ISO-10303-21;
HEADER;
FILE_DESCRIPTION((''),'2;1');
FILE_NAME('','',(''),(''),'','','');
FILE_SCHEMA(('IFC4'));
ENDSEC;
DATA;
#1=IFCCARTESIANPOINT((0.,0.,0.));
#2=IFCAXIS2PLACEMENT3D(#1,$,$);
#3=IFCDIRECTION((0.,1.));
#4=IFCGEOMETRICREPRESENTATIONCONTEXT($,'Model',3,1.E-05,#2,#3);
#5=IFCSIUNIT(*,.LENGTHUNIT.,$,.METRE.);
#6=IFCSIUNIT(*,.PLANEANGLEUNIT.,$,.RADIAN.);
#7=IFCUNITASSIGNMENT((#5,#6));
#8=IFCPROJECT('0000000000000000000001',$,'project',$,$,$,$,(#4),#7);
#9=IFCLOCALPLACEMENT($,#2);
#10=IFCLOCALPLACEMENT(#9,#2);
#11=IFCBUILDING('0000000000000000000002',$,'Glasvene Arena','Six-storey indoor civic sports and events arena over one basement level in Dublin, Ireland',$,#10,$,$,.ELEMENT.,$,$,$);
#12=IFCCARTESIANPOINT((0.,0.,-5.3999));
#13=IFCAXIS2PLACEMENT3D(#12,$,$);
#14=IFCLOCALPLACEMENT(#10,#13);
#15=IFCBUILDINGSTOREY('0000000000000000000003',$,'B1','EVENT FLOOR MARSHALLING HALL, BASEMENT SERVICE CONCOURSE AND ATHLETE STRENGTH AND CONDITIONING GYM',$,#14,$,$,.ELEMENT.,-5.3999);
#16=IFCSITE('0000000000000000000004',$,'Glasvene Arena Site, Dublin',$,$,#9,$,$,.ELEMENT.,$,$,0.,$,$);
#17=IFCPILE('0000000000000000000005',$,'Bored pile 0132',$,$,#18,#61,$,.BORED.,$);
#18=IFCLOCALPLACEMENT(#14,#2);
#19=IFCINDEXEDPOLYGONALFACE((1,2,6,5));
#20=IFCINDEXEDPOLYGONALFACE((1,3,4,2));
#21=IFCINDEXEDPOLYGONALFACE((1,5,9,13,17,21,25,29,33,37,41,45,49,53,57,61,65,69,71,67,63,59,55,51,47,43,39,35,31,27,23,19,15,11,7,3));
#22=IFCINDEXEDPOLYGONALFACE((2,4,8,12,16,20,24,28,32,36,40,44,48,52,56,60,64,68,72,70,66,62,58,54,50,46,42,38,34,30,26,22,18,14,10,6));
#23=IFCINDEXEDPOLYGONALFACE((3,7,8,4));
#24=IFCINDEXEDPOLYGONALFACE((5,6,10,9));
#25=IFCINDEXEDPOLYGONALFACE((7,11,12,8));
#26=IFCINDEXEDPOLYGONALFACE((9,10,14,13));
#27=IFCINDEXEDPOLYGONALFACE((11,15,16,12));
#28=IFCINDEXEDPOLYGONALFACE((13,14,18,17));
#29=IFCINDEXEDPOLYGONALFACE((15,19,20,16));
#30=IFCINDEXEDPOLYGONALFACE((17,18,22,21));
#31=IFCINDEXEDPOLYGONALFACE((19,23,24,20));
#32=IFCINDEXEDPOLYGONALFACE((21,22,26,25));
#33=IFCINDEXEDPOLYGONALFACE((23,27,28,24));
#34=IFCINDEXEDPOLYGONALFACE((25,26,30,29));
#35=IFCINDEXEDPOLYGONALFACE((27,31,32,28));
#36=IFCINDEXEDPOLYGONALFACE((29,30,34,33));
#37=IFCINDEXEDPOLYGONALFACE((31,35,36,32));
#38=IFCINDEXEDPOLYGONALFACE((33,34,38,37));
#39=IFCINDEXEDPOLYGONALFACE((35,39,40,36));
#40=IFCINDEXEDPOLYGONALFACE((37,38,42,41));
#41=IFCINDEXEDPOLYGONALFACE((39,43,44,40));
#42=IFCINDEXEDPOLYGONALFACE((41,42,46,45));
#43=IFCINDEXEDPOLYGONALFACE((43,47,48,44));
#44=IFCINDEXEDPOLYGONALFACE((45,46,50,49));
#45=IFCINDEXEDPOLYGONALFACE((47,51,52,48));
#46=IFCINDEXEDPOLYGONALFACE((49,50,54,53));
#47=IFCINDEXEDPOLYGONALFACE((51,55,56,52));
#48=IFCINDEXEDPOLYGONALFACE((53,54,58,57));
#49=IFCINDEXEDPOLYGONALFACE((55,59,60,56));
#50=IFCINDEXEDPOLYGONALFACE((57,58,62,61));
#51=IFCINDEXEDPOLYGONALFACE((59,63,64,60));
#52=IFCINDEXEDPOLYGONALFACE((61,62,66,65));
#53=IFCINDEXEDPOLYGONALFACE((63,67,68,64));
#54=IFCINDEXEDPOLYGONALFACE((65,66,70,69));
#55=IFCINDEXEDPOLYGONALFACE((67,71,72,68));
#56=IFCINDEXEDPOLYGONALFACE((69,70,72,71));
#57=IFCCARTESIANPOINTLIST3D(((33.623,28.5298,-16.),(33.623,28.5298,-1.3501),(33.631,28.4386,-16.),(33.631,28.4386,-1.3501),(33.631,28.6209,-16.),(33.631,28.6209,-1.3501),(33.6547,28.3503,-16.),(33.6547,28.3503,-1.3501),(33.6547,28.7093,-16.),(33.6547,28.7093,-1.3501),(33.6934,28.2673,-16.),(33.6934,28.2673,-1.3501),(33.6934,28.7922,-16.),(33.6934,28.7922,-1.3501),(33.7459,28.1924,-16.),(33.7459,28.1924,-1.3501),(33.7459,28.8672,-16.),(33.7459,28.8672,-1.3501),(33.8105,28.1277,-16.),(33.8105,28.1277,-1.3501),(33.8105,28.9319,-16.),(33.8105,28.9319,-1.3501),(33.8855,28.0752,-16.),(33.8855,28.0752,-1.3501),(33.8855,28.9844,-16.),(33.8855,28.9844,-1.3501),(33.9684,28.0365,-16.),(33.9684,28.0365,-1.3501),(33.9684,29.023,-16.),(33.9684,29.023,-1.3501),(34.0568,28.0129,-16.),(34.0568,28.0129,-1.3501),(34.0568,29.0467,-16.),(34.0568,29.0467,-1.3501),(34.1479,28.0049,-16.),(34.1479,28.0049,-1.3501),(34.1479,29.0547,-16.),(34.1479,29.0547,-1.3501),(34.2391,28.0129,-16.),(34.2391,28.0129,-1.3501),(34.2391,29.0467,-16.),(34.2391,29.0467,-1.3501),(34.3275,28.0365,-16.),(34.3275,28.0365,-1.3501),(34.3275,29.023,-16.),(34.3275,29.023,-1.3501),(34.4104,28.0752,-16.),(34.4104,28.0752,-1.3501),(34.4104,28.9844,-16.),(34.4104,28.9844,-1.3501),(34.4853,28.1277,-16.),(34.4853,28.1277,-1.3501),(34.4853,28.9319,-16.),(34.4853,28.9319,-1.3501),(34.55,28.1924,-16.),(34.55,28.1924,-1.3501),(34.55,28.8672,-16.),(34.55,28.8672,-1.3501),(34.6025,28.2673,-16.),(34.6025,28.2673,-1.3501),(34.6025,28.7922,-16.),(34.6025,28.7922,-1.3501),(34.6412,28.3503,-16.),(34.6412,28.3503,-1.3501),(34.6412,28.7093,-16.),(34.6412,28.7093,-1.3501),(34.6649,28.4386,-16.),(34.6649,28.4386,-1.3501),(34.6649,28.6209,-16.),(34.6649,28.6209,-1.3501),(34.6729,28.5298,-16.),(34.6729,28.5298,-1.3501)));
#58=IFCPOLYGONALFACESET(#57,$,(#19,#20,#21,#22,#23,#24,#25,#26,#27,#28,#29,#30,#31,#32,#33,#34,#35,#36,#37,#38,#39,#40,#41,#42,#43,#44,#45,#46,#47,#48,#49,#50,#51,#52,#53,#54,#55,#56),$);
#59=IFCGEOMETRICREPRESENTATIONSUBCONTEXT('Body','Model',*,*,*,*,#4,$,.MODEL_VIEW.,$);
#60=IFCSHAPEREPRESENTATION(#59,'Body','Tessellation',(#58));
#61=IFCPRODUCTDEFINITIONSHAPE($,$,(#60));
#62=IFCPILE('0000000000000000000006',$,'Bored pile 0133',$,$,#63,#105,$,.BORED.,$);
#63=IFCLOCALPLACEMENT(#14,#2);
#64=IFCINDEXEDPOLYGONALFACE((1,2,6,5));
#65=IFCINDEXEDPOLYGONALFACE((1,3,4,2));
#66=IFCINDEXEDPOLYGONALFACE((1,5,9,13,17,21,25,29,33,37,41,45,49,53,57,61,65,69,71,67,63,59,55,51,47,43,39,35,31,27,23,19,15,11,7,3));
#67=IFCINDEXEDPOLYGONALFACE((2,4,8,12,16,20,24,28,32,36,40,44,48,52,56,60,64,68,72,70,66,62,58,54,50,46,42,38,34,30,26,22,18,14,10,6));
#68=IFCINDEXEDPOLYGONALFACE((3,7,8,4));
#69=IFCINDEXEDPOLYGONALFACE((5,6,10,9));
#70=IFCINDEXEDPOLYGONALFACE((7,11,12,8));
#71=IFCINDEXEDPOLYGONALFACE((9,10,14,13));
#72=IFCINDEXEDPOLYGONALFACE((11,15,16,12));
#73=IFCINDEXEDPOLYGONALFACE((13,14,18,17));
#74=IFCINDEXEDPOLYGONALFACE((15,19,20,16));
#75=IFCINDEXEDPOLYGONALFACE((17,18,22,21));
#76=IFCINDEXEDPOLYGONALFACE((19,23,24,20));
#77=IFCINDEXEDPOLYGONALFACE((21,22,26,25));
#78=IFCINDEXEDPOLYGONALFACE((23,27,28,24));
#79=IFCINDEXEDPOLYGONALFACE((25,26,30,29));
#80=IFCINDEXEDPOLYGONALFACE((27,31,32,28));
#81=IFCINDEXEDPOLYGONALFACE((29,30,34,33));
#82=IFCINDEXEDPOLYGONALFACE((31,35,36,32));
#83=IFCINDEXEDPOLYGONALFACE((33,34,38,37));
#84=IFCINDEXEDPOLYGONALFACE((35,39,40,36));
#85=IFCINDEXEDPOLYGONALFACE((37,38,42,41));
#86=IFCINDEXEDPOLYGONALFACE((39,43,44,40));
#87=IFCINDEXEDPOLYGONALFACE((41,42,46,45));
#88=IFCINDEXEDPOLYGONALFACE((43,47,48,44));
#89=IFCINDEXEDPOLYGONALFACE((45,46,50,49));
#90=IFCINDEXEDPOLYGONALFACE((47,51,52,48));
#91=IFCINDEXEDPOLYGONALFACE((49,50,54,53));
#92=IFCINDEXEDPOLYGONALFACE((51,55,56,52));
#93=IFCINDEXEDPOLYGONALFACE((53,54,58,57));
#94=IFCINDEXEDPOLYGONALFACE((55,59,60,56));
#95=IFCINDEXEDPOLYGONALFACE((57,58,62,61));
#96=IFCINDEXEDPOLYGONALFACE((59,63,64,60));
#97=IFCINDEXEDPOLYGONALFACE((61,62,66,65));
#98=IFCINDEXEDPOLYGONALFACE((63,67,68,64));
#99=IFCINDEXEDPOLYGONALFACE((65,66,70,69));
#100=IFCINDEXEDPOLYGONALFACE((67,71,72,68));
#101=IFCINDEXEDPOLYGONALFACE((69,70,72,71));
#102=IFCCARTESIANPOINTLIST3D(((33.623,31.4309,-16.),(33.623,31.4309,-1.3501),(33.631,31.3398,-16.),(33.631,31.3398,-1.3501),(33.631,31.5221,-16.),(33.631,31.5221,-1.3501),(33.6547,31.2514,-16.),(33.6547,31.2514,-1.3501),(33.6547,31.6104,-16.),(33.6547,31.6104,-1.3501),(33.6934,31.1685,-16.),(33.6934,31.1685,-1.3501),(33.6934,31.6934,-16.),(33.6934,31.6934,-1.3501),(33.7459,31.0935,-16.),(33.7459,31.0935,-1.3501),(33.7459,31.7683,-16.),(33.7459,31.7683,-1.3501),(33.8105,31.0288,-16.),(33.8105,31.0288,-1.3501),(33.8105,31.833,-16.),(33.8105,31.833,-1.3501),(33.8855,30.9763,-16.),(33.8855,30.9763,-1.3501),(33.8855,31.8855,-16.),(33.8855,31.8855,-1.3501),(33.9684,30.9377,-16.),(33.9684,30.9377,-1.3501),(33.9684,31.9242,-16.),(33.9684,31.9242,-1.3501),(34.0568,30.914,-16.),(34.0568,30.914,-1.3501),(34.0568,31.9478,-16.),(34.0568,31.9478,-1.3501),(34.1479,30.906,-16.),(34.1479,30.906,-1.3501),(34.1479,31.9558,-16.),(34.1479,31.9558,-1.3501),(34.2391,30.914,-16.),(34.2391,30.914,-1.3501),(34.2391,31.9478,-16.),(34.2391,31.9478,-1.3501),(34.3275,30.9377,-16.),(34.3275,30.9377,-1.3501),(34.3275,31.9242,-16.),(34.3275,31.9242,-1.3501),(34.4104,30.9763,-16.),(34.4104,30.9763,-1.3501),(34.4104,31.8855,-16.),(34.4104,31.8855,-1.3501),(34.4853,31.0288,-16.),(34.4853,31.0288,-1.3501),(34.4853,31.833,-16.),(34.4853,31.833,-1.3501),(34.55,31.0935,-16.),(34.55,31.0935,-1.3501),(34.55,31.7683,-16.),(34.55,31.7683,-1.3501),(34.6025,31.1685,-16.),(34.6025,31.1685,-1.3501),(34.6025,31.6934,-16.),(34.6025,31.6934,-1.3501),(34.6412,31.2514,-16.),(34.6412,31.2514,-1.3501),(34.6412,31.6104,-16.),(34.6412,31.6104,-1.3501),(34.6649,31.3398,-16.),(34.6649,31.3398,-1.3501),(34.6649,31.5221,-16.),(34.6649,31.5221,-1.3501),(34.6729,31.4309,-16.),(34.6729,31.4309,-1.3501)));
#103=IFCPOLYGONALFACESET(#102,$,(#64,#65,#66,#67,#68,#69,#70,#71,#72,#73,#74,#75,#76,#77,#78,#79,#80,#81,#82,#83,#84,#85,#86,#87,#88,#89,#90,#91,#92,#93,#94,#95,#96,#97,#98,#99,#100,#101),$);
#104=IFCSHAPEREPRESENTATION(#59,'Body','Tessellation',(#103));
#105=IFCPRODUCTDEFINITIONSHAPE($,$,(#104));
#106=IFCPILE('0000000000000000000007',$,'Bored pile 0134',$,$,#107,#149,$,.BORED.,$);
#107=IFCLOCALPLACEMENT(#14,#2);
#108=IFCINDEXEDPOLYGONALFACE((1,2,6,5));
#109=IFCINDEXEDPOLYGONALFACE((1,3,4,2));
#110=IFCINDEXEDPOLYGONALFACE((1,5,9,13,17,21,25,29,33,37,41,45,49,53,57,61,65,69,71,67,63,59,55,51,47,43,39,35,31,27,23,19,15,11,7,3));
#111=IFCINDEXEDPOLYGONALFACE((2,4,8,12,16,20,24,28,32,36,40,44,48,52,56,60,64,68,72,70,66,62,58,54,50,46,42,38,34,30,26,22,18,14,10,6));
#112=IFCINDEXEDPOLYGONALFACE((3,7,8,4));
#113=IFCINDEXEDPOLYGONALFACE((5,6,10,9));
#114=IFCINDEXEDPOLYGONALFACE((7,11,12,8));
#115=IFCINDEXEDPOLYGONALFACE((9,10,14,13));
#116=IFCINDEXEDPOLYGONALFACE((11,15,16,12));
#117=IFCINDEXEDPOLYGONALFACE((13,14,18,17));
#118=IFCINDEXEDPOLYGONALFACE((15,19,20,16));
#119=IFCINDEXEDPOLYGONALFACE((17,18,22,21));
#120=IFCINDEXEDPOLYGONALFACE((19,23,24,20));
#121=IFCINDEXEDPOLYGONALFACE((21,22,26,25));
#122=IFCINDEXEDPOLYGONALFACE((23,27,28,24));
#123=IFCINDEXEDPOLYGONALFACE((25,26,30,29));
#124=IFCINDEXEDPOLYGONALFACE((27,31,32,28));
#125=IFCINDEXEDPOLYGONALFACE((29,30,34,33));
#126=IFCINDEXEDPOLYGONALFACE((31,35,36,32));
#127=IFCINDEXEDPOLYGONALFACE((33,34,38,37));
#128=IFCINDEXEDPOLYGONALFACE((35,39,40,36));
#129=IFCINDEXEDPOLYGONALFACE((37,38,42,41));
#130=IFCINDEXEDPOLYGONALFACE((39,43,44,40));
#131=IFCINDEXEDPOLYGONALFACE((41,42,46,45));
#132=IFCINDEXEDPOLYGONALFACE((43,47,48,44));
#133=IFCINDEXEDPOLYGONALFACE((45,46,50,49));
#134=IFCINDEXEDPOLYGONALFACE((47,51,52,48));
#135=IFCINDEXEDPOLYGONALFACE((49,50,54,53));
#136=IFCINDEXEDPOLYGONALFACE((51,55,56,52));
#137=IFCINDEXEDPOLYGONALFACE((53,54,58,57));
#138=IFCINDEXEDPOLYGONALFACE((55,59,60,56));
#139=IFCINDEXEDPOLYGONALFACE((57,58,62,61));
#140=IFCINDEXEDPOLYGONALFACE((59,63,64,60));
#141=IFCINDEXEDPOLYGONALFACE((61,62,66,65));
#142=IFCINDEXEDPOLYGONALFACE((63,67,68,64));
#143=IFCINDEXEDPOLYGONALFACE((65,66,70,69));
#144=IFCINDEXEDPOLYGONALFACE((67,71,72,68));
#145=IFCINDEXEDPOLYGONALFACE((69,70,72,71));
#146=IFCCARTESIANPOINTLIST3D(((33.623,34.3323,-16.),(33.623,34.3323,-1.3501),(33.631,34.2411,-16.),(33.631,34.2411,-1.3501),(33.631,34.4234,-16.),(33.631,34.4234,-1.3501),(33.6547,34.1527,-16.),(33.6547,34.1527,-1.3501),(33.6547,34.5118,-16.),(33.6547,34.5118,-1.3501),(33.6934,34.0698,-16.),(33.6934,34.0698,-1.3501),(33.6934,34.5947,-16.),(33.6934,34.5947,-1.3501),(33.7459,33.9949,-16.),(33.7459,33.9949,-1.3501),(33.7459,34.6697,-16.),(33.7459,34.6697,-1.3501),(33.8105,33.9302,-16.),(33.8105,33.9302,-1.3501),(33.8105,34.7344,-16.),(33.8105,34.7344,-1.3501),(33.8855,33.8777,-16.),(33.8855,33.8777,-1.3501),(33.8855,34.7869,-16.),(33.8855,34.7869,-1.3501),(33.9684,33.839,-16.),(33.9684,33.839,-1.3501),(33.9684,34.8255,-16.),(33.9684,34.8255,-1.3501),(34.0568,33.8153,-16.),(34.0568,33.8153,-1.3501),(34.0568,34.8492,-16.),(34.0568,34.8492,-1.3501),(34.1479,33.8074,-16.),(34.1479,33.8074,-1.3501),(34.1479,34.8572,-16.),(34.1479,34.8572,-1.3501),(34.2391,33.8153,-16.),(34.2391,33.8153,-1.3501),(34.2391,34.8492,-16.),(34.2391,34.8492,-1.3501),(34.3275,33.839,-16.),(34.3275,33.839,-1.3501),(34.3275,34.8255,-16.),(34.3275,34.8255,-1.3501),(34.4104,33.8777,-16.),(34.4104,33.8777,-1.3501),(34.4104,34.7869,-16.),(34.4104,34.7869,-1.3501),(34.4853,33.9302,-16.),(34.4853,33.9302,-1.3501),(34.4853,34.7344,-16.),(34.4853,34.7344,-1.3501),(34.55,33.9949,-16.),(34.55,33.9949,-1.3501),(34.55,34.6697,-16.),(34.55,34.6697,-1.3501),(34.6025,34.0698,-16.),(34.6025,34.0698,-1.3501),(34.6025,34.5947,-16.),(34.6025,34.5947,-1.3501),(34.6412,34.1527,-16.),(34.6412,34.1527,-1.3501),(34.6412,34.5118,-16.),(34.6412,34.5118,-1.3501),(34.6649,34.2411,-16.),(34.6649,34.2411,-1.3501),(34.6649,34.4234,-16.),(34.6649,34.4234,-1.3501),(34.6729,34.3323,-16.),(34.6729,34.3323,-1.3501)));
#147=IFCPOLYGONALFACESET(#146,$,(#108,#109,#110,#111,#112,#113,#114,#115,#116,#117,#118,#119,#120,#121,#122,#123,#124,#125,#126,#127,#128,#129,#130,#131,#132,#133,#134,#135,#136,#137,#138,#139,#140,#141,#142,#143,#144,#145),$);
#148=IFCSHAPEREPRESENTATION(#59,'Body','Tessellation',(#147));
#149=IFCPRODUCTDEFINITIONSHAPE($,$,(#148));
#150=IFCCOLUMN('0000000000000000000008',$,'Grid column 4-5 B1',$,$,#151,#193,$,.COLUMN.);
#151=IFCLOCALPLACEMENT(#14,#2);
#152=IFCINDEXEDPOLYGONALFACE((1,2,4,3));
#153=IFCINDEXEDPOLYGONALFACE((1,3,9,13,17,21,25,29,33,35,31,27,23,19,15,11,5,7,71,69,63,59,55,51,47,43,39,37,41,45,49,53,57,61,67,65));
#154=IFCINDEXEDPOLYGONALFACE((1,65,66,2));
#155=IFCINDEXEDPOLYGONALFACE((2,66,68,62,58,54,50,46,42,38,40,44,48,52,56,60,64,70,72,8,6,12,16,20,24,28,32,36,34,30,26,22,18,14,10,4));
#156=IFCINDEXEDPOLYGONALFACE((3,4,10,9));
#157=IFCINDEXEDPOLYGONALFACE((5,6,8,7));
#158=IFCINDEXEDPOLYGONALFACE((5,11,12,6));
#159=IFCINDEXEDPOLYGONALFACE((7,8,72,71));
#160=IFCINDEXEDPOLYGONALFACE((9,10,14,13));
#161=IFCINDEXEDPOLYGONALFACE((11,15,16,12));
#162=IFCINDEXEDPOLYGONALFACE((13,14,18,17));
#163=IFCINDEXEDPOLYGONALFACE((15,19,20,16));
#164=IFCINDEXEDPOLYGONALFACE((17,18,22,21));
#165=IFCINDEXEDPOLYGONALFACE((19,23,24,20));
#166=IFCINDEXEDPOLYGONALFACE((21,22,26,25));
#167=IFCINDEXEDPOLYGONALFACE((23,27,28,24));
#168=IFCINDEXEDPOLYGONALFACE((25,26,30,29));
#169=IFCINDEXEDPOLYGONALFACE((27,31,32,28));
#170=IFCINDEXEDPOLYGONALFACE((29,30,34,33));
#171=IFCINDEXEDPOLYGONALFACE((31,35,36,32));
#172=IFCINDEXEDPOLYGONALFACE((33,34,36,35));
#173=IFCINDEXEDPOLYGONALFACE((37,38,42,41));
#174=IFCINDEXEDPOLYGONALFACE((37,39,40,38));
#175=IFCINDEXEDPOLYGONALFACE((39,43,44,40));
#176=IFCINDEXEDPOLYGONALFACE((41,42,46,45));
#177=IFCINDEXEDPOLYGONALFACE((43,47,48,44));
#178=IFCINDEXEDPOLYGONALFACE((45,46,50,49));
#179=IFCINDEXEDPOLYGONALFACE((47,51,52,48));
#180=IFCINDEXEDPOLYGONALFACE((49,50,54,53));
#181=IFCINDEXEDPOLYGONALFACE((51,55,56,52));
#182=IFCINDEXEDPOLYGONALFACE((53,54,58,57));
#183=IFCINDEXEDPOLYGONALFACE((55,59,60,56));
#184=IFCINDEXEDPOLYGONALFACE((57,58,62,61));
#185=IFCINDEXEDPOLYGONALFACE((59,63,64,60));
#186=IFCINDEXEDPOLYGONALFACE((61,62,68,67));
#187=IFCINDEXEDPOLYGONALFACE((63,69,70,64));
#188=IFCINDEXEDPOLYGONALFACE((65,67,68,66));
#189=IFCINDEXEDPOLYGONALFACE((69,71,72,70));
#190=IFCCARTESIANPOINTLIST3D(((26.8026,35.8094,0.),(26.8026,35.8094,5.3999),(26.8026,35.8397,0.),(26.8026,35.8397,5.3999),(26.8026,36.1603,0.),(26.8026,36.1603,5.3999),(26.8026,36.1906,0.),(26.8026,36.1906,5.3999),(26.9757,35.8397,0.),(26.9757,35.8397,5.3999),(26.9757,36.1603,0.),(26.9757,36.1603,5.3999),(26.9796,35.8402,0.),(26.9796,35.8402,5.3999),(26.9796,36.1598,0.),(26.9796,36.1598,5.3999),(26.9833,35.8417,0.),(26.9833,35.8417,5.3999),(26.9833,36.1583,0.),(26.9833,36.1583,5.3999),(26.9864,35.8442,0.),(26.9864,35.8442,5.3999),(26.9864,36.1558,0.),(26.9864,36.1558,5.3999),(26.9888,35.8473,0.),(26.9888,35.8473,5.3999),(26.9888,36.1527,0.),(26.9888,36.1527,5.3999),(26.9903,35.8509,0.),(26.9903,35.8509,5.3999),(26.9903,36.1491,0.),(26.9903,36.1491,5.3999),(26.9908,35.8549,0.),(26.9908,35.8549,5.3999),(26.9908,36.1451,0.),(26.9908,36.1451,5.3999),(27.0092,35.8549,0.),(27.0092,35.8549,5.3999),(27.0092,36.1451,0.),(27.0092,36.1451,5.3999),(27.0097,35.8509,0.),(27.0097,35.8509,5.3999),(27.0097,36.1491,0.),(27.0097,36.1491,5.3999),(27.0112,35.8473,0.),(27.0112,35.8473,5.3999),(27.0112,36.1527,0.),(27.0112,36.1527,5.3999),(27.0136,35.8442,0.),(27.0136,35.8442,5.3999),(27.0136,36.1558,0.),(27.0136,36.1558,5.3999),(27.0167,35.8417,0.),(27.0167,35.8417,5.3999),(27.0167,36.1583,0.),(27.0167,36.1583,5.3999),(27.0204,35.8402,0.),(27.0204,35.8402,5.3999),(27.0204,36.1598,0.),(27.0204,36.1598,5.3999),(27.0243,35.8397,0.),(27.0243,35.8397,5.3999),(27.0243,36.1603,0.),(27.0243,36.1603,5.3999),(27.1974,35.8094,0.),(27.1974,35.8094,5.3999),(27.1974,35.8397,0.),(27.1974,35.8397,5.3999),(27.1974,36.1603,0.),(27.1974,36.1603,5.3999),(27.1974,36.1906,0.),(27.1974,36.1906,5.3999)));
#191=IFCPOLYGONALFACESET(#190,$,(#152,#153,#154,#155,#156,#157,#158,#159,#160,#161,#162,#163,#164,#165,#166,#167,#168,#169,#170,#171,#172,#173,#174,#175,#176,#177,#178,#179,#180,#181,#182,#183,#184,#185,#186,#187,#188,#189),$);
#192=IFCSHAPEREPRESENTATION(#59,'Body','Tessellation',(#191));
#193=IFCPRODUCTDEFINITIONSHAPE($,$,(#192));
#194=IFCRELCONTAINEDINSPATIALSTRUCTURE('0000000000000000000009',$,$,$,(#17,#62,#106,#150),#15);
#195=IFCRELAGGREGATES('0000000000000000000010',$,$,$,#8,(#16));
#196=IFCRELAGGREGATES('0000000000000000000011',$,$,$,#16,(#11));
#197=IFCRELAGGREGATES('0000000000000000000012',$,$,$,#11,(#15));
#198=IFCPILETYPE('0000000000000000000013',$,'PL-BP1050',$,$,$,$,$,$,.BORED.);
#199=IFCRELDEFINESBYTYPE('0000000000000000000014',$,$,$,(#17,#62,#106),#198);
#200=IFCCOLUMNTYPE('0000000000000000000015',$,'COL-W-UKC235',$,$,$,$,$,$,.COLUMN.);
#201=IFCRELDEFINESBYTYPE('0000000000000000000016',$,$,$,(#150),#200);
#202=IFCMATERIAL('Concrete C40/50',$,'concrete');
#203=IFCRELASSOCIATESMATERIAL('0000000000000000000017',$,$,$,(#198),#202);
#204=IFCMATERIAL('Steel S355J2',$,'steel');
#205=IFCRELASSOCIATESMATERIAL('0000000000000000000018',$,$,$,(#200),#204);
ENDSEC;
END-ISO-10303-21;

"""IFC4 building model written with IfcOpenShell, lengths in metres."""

from ifc_helpers import new_model, si_unit, direction, frame, origin, origin_2d, place, context, subcontext, project, spatial, circle, i_section, extrude, material, material_profile, profile_set, type_object, element, save


model = new_model("IFC4")

# Units and contexts
model_context = context("Model", 3, precision=1e-05, world=origin(), true_north=direction((0.0, 1.0)))
body_context = subcontext(model_context, "Body", "Model", "MODEL_VIEW")
ifc_project = project(units=[si_unit("LENGTHUNIT", "METRE"), si_unit("PLANEANGLEUNIT", "RADIAN")], contexts=[model_context])

# Site, building, storey
site_placement = place(None, origin())
site = spatial("IfcSite", under=ifc_project, at=site_placement, Name="Glasvene Arena Site, Dublin", CompositionType="ELEMENT", RefElevation=0.0)
building_placement = place(site_placement, origin())
building = spatial("IfcBuilding", under=site, at=building_placement, Name="Glasvene Arena", Description="Six-storey indoor civic sports and events arena over one basement level in Dublin, Ireland", CompositionType="ELEMENT")
storey_placement = place(building_placement, frame((0.0, 0.0, -5.3999)))
storey = spatial("IfcBuildingStorey", under=building, at=storey_placement, Name="B1", Description="EVENT FLOOR MARSHALLING HALL, BASEMENT SERVICE CONCOURSE AND ATHLETE STRENGTH AND CONDITIONING GYM", CompositionType="ELEMENT", Elevation=-5.3999)

# Piles
ifc_material_1 = material(Name="Concrete C40/50", Category="concrete")
ifc_material_profile_1 = material_profile(ifc_material_1, circle(Radius=0.5249, at=origin_2d()), Name="BORED PILE 1050")
ifc_profile_set_1 = profile_set([ifc_material_profile_1], Name="Concrete C40/50")
pile_type = type_object("IfcPileType", Name="PL-BP1050", PredefinedType="BORED", material=ifc_profile_set_1)
for number, where, z_axis, x_axis, name in (
    (1, (34.1479, 28.5298, -1.3501), (0.0, 0.0, -1.0), (1.0, 0.0, 0.0), "Bored pile 0132"),
    (2, (34.1479, 31.4309, -1.3501), (0.0, 0.0, -1.0), (1.0, 0.0, 0.0), "Bored pile 0133"),
    (3, (34.1479, 34.3323, -1.3501), (0.0, 0.0, -1.0), (1.0, 0.0, 0.0), "Bored pile 0134"),
):
    element("IfcPile", number, at=place(storey_placement, frame(where, z_axis=z_axis, x_axis=x_axis)), inside=storey, type_object=pile_type, Name=name, PredefinedType="BORED", context=body_context, shape_type="SweptSolid", body=[
        extrude(circle(Radius=0.5249, at=origin_2d()), origin(), (0.0, 0.0, 1.0), 14.6499),
    ])

# Column
ifc_material_2 = material(Name="Steel S355J2", Category="steel")
ifc_material_profile_2 = material_profile(ifc_material_2, i_section(OverallWidth=0.3948, OverallDepth=0.3811, WebThickness=0.0183, FlangeThickness=0.0303, FilletRadius=0.0151, at=origin_2d()), Name="UKC 356x406x235")
ifc_profile_set_2 = profile_set([ifc_material_profile_2], Name="Steel S355J2")
column_type = type_object("IfcColumnType", Name="COL-W-UKC235", PredefinedType="COLUMN", material=ifc_profile_set_2)
for number, where, z_axis, x_axis, name in (
    (4, (27.0, 36.0, 0.0), (0.0, 0.0, 1.0), (1.0, 0.0, 0.0), "Grid column 4-5 B1"),
):
    element("IfcColumn", number, at=place(storey_placement, frame(where, z_axis=z_axis, x_axis=x_axis)), inside=storey, type_object=column_type, Name=name, PredefinedType="COLUMN", context=body_context, shape_type="SweptSolid", body=[
        extrude(i_section(OverallWidth=0.3948, OverallDepth=0.3811, WebThickness=0.0183, FlangeThickness=0.0303, FilletRadius=0.0151, at=origin_2d()), origin(), (0.0, 0.0, 1.0), 5.3999),
    ])

save(model, "model.ifc")
